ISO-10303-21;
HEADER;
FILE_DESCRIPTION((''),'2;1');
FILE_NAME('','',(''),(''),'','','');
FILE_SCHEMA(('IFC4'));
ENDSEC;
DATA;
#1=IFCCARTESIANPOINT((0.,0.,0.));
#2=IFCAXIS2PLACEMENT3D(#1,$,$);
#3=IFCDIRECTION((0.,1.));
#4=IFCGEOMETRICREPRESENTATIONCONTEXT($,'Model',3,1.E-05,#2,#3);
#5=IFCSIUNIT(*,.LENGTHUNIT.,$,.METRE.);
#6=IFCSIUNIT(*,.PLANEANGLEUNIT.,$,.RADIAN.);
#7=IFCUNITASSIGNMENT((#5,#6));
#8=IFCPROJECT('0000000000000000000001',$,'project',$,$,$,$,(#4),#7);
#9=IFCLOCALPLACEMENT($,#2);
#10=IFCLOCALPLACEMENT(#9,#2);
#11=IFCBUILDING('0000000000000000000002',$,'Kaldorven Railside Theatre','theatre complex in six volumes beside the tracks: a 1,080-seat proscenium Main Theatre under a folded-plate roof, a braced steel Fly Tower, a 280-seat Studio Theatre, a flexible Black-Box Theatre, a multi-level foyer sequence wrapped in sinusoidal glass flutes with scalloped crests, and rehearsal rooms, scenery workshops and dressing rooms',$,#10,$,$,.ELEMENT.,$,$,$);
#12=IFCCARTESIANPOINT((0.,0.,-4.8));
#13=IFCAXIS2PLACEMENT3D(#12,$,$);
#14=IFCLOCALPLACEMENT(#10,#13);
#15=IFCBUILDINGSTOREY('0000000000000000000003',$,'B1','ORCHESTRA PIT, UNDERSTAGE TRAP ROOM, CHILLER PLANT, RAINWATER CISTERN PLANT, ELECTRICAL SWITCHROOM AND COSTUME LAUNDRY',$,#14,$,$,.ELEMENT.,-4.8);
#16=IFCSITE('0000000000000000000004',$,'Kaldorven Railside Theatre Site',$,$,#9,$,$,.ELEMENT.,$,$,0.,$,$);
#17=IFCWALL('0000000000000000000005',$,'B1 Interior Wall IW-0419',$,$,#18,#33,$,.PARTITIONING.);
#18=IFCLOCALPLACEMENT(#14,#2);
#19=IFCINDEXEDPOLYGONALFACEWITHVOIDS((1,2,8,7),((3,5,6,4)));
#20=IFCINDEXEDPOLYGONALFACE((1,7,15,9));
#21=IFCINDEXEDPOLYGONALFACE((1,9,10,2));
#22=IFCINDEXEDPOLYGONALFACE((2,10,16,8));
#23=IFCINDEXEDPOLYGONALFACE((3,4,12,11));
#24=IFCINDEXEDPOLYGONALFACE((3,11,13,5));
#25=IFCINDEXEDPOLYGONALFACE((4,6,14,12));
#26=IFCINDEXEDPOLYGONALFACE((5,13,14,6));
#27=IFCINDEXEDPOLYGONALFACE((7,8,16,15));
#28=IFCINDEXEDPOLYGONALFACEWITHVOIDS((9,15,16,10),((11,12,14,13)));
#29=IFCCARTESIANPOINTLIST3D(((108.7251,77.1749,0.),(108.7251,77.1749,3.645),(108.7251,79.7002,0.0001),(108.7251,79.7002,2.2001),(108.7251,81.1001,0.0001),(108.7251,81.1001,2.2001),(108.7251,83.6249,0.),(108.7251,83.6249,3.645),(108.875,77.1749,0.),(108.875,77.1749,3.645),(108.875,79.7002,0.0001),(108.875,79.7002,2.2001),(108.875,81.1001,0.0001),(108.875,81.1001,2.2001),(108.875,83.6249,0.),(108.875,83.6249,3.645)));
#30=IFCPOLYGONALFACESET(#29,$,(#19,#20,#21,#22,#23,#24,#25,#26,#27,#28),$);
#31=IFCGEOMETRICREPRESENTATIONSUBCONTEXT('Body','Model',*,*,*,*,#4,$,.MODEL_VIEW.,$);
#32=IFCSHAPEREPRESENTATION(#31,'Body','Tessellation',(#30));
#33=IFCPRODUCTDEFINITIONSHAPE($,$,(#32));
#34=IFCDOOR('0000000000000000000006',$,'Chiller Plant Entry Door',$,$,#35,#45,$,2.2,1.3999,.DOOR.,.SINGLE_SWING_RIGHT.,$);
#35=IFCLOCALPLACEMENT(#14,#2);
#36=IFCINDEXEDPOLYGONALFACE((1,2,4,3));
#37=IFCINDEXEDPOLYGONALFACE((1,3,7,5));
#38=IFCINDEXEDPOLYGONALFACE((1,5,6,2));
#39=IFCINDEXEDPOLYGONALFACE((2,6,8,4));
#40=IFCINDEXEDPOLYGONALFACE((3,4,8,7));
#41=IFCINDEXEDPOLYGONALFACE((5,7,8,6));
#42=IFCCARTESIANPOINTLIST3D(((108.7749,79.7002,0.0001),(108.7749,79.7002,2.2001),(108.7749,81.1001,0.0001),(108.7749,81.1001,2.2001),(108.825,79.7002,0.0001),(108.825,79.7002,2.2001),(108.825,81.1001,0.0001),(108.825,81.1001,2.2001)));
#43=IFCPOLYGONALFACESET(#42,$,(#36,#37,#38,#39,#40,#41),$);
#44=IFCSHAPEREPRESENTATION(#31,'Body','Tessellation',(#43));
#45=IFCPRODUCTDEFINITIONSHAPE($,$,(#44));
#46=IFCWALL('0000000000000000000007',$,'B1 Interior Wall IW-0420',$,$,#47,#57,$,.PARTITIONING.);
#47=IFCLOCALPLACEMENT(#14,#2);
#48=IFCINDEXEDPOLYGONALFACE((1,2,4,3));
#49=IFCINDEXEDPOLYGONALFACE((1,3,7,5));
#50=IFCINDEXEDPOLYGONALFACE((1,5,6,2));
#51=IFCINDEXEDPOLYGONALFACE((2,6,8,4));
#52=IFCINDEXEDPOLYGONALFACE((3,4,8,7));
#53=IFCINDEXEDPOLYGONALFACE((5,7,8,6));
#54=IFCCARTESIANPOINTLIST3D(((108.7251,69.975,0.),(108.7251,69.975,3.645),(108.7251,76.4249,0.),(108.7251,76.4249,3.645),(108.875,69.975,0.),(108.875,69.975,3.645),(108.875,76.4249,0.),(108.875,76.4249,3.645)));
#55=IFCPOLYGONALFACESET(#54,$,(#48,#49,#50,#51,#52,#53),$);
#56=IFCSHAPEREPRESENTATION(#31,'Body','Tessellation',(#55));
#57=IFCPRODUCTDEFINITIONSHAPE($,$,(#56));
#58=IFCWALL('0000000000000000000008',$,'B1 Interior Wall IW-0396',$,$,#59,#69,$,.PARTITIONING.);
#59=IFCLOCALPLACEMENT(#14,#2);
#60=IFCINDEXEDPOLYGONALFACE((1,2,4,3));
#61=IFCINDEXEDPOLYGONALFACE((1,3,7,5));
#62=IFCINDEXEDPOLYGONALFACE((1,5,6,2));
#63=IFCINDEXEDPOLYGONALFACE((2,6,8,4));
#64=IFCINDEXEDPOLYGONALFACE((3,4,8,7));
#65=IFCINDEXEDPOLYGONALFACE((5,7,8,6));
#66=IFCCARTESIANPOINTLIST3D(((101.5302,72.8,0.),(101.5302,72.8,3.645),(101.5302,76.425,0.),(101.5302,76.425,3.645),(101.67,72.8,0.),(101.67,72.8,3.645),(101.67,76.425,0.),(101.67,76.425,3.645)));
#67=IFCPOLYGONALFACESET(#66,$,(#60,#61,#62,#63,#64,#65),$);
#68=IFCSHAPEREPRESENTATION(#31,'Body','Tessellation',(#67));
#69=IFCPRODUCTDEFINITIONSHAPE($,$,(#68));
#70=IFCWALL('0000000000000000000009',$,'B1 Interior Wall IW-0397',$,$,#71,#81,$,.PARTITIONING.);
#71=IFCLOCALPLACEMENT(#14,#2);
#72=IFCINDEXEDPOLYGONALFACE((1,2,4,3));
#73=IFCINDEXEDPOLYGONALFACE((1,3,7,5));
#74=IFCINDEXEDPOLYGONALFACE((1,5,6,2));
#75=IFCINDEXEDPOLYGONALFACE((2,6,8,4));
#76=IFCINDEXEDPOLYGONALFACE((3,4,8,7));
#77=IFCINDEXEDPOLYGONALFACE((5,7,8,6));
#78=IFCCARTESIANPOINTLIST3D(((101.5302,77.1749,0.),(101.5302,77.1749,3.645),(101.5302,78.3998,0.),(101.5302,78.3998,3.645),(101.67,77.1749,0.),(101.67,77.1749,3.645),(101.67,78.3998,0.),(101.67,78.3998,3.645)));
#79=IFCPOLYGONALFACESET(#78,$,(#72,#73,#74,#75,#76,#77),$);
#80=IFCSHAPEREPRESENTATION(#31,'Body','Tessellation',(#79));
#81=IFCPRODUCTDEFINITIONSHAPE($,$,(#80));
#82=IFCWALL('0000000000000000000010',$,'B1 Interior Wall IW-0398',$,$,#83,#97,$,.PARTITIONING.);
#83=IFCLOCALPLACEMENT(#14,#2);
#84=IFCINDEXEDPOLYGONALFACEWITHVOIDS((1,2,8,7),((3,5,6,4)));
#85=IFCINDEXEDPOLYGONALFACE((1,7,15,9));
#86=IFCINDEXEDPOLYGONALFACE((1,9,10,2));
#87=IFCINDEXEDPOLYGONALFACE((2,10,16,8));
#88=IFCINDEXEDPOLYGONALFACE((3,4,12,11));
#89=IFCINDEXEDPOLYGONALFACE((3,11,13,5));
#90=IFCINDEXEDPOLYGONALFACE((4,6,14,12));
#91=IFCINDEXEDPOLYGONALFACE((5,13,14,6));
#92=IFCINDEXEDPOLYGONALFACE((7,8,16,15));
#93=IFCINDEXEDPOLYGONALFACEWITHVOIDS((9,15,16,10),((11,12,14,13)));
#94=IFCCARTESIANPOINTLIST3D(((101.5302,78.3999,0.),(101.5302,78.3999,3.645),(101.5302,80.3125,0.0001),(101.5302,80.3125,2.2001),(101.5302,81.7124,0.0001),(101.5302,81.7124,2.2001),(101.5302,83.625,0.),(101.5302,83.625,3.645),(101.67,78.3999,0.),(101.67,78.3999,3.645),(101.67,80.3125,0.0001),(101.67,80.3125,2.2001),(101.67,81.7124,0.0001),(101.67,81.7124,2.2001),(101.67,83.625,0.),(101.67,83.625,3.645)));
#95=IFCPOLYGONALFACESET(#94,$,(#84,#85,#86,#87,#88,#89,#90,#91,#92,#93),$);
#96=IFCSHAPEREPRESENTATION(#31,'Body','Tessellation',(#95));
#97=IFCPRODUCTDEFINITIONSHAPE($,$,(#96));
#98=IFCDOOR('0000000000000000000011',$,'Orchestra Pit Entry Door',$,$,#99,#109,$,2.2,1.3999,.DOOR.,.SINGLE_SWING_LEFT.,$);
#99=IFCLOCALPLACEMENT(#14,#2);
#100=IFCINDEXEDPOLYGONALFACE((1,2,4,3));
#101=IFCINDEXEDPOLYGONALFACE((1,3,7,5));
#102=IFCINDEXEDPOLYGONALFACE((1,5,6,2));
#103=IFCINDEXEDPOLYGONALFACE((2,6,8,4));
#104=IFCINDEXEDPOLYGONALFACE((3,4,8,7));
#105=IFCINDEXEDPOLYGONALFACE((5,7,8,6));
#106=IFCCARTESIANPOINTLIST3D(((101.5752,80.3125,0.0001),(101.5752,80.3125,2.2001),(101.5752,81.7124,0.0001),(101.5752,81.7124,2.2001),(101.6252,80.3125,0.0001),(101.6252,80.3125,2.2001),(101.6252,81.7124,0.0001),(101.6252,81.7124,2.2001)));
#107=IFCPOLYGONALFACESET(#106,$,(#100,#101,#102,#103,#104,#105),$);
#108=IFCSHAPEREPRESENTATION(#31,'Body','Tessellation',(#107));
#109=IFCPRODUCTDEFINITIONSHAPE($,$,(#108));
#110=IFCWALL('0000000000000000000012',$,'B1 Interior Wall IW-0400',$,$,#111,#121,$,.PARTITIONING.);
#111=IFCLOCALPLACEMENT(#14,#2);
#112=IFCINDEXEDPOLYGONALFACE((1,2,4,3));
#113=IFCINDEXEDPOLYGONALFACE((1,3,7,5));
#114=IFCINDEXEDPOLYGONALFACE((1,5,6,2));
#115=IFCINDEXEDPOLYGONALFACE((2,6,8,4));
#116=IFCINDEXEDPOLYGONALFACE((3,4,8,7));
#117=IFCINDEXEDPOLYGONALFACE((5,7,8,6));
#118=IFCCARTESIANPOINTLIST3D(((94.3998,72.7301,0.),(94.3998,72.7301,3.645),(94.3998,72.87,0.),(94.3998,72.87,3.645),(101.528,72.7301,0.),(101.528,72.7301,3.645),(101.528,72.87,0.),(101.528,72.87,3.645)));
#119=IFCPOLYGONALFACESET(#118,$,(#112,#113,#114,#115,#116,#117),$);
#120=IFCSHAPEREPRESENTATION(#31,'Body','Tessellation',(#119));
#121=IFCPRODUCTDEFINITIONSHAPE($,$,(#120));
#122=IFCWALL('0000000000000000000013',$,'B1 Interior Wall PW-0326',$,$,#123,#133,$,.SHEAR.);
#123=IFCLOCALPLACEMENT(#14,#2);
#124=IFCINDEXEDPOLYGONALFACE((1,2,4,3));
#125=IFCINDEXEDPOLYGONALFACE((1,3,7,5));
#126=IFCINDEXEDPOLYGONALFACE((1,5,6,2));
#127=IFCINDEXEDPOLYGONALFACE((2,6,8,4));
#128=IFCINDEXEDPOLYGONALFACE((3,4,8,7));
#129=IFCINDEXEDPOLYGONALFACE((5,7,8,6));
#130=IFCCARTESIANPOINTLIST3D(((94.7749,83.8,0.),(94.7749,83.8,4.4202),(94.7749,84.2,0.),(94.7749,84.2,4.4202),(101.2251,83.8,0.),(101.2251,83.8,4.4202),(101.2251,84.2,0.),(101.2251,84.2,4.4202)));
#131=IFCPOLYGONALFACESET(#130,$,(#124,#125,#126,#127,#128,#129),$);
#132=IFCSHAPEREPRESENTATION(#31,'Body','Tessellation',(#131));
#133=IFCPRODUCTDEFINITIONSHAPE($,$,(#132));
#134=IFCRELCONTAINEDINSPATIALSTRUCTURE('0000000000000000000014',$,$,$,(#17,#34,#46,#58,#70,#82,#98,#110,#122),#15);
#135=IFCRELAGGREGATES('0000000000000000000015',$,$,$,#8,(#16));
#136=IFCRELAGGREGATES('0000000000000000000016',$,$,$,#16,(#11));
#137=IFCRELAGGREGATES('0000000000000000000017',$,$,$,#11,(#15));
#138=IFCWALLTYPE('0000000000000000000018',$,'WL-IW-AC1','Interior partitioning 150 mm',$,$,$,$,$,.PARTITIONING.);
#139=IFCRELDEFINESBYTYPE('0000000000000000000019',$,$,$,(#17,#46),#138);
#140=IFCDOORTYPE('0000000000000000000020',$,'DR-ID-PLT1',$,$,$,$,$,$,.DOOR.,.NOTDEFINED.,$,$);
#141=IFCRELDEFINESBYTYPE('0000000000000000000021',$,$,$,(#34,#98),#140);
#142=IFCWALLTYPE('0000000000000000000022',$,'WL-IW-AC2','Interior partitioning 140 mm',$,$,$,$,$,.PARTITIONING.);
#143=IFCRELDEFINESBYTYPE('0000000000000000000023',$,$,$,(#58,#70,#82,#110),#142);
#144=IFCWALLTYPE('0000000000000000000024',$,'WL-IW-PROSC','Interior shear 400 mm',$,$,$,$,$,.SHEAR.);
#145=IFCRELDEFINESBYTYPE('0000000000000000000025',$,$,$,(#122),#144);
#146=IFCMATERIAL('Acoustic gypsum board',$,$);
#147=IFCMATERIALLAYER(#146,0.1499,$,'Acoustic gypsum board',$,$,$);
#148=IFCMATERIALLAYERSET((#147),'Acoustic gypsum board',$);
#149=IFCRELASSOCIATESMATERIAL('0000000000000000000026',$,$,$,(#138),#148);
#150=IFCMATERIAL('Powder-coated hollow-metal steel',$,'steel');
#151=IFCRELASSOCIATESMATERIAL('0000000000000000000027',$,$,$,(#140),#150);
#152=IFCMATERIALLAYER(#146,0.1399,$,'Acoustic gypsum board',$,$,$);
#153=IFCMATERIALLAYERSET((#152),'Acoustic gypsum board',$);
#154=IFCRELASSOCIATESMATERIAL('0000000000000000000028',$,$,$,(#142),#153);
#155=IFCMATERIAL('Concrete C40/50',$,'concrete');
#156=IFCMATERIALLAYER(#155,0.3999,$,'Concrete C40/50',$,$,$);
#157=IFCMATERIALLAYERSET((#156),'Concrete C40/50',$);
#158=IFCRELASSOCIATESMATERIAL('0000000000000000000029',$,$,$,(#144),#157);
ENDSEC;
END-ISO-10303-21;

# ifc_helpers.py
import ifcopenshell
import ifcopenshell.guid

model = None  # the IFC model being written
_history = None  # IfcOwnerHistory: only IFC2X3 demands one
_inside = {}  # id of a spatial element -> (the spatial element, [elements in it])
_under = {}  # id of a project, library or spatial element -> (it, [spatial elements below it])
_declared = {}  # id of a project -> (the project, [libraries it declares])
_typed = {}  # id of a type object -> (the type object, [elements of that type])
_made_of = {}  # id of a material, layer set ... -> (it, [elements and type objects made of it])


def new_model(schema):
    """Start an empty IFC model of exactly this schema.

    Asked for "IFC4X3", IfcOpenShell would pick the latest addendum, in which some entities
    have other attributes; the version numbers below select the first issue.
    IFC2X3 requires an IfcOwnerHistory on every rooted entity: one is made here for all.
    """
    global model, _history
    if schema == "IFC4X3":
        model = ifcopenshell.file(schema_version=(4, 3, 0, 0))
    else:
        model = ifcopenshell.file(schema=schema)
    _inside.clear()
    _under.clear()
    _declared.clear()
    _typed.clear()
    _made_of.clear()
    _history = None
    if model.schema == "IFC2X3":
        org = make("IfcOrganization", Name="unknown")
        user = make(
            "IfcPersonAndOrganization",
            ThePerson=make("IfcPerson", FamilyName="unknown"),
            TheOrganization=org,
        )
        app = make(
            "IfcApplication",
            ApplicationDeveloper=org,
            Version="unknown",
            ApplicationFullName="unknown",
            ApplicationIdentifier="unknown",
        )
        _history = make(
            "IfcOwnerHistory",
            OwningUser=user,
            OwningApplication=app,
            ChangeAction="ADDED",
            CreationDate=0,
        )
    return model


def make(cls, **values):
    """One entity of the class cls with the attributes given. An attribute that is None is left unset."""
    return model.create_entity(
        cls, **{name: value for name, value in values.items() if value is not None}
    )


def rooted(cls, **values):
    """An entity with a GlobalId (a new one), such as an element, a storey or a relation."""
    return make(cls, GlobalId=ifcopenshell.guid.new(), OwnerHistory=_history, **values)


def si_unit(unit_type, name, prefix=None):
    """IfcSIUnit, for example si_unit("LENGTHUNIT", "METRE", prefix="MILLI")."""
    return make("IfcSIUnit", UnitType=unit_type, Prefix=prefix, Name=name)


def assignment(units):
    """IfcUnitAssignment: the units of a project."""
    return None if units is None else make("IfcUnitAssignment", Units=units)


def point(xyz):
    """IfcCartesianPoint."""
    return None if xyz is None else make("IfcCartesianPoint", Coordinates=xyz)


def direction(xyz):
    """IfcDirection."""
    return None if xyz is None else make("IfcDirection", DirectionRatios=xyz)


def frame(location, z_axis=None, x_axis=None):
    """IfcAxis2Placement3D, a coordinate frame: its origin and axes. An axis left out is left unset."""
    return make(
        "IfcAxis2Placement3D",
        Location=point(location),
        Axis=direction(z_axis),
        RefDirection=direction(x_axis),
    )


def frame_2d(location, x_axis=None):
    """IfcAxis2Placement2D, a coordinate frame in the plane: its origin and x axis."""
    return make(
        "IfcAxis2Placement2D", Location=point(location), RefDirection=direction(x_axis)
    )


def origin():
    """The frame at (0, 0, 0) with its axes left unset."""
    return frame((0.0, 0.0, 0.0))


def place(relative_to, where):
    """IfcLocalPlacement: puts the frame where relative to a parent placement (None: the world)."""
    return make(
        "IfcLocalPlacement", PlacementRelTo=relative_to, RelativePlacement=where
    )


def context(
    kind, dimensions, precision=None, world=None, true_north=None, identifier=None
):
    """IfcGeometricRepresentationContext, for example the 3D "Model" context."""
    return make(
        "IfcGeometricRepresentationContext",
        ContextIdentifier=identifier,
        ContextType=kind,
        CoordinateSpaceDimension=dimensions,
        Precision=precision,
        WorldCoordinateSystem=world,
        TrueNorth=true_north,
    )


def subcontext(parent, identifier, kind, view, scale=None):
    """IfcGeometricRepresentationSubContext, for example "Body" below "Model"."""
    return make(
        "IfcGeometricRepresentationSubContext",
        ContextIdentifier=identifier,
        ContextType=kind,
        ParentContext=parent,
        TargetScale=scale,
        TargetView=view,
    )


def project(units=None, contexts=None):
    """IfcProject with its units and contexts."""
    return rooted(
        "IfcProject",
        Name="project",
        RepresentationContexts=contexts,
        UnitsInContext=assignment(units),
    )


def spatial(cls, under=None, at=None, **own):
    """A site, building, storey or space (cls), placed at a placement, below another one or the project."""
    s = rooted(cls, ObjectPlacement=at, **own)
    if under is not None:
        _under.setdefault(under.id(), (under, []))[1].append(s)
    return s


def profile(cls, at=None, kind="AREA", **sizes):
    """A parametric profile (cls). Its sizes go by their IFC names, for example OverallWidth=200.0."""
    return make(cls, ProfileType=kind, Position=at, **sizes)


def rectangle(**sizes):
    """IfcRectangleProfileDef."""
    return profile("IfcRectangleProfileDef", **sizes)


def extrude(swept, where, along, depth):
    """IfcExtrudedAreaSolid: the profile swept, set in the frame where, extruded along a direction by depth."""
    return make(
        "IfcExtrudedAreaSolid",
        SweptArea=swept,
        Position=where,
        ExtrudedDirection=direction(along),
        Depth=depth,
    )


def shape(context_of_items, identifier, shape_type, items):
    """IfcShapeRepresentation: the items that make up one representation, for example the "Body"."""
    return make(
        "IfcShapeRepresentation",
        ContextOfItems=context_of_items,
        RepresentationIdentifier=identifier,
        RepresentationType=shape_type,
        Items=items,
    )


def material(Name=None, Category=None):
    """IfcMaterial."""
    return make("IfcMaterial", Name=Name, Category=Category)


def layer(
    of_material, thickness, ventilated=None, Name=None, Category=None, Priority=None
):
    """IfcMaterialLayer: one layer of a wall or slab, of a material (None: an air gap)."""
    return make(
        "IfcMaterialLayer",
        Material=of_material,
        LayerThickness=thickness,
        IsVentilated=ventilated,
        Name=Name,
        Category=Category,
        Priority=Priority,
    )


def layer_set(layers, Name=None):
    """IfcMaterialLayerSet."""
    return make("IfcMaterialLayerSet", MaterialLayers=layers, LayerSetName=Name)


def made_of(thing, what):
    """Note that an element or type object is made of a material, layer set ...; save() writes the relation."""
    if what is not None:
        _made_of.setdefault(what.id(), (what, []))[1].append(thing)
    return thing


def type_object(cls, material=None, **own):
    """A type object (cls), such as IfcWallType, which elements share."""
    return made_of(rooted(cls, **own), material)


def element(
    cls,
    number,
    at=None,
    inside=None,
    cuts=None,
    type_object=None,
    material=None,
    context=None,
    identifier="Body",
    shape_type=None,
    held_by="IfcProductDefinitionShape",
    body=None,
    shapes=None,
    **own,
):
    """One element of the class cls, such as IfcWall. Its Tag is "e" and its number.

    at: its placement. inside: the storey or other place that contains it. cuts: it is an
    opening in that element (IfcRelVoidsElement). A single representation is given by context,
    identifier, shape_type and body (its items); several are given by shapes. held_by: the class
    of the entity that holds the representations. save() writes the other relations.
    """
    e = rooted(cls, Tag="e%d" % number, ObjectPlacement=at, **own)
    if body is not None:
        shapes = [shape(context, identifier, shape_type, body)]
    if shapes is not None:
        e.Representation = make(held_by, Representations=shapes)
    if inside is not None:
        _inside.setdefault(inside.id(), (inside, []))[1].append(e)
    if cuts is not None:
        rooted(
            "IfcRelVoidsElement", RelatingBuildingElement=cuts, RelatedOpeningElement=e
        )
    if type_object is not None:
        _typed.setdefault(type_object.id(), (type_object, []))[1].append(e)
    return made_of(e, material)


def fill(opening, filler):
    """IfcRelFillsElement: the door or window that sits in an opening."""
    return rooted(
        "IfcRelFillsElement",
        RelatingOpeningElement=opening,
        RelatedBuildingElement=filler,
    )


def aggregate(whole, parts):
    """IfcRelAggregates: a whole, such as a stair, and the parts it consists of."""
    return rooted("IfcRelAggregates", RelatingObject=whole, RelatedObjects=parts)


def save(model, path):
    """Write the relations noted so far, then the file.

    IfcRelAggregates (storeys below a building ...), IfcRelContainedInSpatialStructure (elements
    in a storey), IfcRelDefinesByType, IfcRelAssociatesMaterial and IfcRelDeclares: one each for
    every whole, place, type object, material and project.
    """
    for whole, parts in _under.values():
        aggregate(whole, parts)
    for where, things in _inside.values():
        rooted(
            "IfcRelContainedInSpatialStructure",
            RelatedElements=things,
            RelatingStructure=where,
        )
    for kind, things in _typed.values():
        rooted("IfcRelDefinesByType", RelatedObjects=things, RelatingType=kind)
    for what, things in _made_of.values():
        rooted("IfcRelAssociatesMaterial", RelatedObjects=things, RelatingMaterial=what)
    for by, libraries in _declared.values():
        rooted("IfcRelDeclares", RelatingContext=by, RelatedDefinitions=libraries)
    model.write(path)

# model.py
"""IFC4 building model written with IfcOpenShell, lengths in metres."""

from ifc_helpers import new_model, si_unit, direction, frame, frame_2d, origin, place, context, subcontext, project, spatial, rectangle, extrude, material, layer, layer_set, type_object, element, fill, save


model = new_model("IFC4")

# Units and contexts
model_context = context("Model", 3, precision=1e-05, world=origin(), true_north=direction((0.0, 1.0)))
body_context = subcontext(model_context, "Body", "Model", "MODEL_VIEW")
ifc_project = project(units=[si_unit("LENGTHUNIT", "METRE"), si_unit("PLANEANGLEUNIT", "RADIAN")], contexts=[model_context])

# Site, building, storey
site_placement = place(None, origin())
site = spatial("IfcSite", under=ifc_project, at=site_placement, Name="Kaldorven Railside Theatre Site", CompositionType="ELEMENT", RefElevation=0.0)
building_placement = place(site_placement, origin())
building = spatial("IfcBuilding", under=site, at=building_placement, Name="Kaldorven Railside Theatre", Description="theatre complex in six volumes beside the tracks: a 1,080-seat proscenium Main Theatre under a folded-plate roof, a braced steel Fly Tower, a 280-seat Studio Theatre, a flexible Black-Box Theatre, a multi-level foyer sequence wrapped in sinusoidal glass flutes with scalloped crests, and rehearsal rooms, scenery workshops and dressing rooms", CompositionType="ELEMENT")
storey_placement = place(building_placement, frame((0.0, 0.0, -4.8)))
storey = spatial("IfcBuildingStorey", under=building, at=storey_placement, Name="B1", Description="ORCHESTRA PIT, UNDERSTAGE TRAP ROOM, CHILLER PLANT, RAINWATER CISTERN PLANT, ELECTRICAL SWITCHROOM AND COSTUME LAUNDRY", CompositionType="ELEMENT", Elevation=-4.8)

# Shared definitions
ifc_material_1 = material(Name="Concrete C40/50", Category="concrete")

# Wall, opening, door
ifc_material_2 = material(Name="Acoustic gypsum board")
ifc_layer_1 = layer(ifc_material_2, 0.1499, Name="Acoustic gypsum board")
ifc_layer_set_1 = layer_set([ifc_layer_1], Name="Acoustic gypsum board")
wall_type_1 = type_object("IfcWallType", Name="WL-IW-AC1", Description="Interior partitioning 150 mm", PredefinedType="PARTITIONING", material=ifc_layer_set_1)
wall_1_placement = place(storey_placement, frame((108.8, 83.625, 0.0), z_axis=(0.0, 0.0, 1.0), x_axis=(0.0, -1.0, 0.0)))
wall_1 = element("IfcWall", 1, at=wall_1_placement, inside=storey, type_object=wall_type_1, Name="B1 Interior Wall IW-0419", PredefinedType="PARTITIONING", context=body_context, shape_type="SweptSolid", body=[
    extrude(rectangle(XDim=6.45, YDim=0.1499, at=frame_2d((3.2251, 0.0))), origin(), (0.0, 0.0, 1.0), 3.645),
])
opening_1_placement = place(wall_1_placement, frame((2.5249, 0.0, 0.0)))
opening_1 = element("IfcOpeningElement", 2, at=opening_1_placement, cuts=wall_1, PredefinedType="OPENING", context=body_context, shape_type="SweptSolid", body=[
    extrude(rectangle(XDim=1.3999, YDim=2.2, at=frame_2d((0.7, 1.1001))), frame((0.0, 0.085, 0.0), z_axis=(0.0, -1.0, 0.0), x_axis=(1.0, 0.0, 0.0)), (0.0, 0.0, 1.0), 0.1699),
])
ifc_material_3 = material(Name="Powder-coated hollow-metal steel", Category="steel")
door_type = type_object("IfcDoorType", Name="DR-ID-PLT1", OperationType="NOTDEFINED", PredefinedType="DOOR", material=ifc_material_3)
door_1_placement = place(opening_1_placement, origin())
door_1 = element("IfcDoor", 3, at=door_1_placement, inside=storey, type_object=door_type, Name="Chiller Plant Entry Door", OperationType="SINGLE_SWING_RIGHT", OverallHeight=2.2, OverallWidth=1.3999, PredefinedType="DOOR", context=body_context, shape_type="SweptSolid", body=[
    extrude(rectangle(XDim=1.3999, YDim=2.2, at=frame_2d((0.7, 1.1001))), frame((0.0, 0.0249, 0.0), z_axis=(0.0, -1.0, 0.0), x_axis=(1.0, 0.0, 0.0)), (0.0, 0.0, 1.0), 0.05),
])
fill(opening_1, door_1)

# Walls
wall_2_placement = place(storey_placement, frame((108.8, 76.425, 0.0), z_axis=(0.0, 0.0, 1.0), x_axis=(0.0, -1.0, 0.0)))
element("IfcWall", 4, at=wall_2_placement, inside=storey, type_object=wall_type_1, Name="B1 Interior Wall IW-0420", PredefinedType="PARTITIONING", context=body_context, shape_type="SweptSolid", body=[
    extrude(rectangle(XDim=6.45, YDim=0.1499, at=frame_2d((3.2251, 0.0))), origin(), (0.0, 0.0, 1.0), 3.645),
])
ifc_layer_2 = layer(ifc_material_2, 0.1399, Name="Acoustic gypsum board")
ifc_layer_set_2 = layer_set([ifc_layer_2], Name="Acoustic gypsum board")
wall_type_2 = type_object("IfcWallType", Name="WL-IW-AC2", Description="Interior partitioning 140 mm", PredefinedType="PARTITIONING", material=ifc_layer_set_2)
wall_3_placement = place(storey_placement, frame((101.6001, 72.8, 0.0), z_axis=(0.0, 0.0, 1.0), x_axis=(0.0, 1.0, 0.0)))
element("IfcWall", 5, at=wall_3_placement, inside=storey, type_object=wall_type_2, Name="B1 Interior Wall IW-0396", PredefinedType="PARTITIONING", context=body_context, shape_type="SweptSolid", body=[
    extrude(rectangle(XDim=3.625, YDim=0.1399, at=frame_2d((1.8125, 0.0))), origin(), (0.0, 0.0, 1.0), 3.645),
])
wall_4_placement = place(storey_placement, frame((101.6001, 77.175, 0.0), z_axis=(0.0, 0.0, 1.0), x_axis=(0.0, 1.0, 0.0)))
element("IfcWall", 6, at=wall_4_placement, inside=storey, type_object=wall_type_2, Name="B1 Interior Wall IW-0397", PredefinedType="PARTITIONING", context=body_context, shape_type="SweptSolid", body=[
    extrude(rectangle(XDim=1.2249, YDim=0.1399, at=frame_2d((0.6123, 0.0))), origin(), (0.0, 0.0, 1.0), 3.645),
])

# Wall, opening, door
wall_5_placement = place(storey_placement, frame((101.6001, 78.3999, 0.0), z_axis=(0.0, 0.0, 1.0), x_axis=(0.0, 1.0, 0.0)))
wall_5 = element("IfcWall", 7, at=wall_5_placement, inside=storey, type_object=wall_type_2, Name="B1 Interior Wall IW-0398", PredefinedType="PARTITIONING", context=body_context, shape_type="SweptSolid", body=[
    extrude(rectangle(XDim=5.2251, YDim=0.1399, at=frame_2d((2.6125, 0.0))), origin(), (0.0, 0.0, 1.0), 3.645),
])
opening_2_placement = place(wall_5_placement, frame((1.9126, 0.0, 0.0)))
opening_2 = element("IfcOpeningElement", 8, at=opening_2_placement, cuts=wall_5, PredefinedType="OPENING", context=body_context, shape_type="SweptSolid", body=[
    extrude(rectangle(XDim=1.3999, YDim=2.2, at=frame_2d((0.7, 1.1001))), frame((0.0, 0.0801, 0.0), z_axis=(0.0, -1.0, 0.0), x_axis=(1.0, 0.0, 0.0)), (0.0, 0.0, 1.0), 0.1599),
])
door_2_placement = place(opening_2_placement, origin())
door_2 = element("IfcDoor", 9, at=door_2_placement, inside=storey, type_object=door_type, Name="Orchestra Pit Entry Door", OperationType="SINGLE_SWING_LEFT", OverallHeight=2.2, OverallWidth=1.3999, PredefinedType="DOOR", context=body_context, shape_type="SweptSolid", body=[
    extrude(rectangle(XDim=1.3999, YDim=2.2, at=frame_2d((0.7, 1.1001))), frame((0.0, 0.0249, 0.0), z_axis=(0.0, -1.0, 0.0), x_axis=(1.0, 0.0, 0.0)), (0.0, 0.0, 1.0), 0.05),
])
fill(opening_2, door_2)

# Walls
wall_6_placement = place(storey_placement, frame((94.3999, 72.8, 0.0), z_axis=(0.0, 0.0, 1.0), x_axis=(1.0, 0.0, 0.0)))
element("IfcWall", 10, at=wall_6_placement, inside=storey, type_object=wall_type_2, Name="B1 Interior Wall IW-0400", PredefinedType="PARTITIONING", context=body_context, shape_type="SweptSolid", body=[
    extrude(rectangle(XDim=7.1282, YDim=0.1399, at=frame_2d((3.564, 0.0))), origin(), (0.0, 0.0, 1.0), 3.645),
])
ifc_layer_3 = layer(ifc_material_1, 0.3999, Name="Concrete C40/50")
ifc_layer_set_3 = layer_set([ifc_layer_3], Name="Concrete C40/50")
wall_type_3 = type_object("IfcWallType", Name="WL-IW-PROSC", Description="Interior shear 400 mm", PredefinedType="SHEAR", material=ifc_layer_set_3)
wall_7_placement = place(storey_placement, frame((94.7749, 84.0, 0.0), z_axis=(0.0, 0.0, 1.0), x_axis=(1.0, 0.0, 0.0)))
element("IfcWall", 11, at=wall_7_placement, inside=storey, type_object=wall_type_3, Name="B1 Interior Wall PW-0326", PredefinedType="SHEAR", context=body_context, shape_type="SweptSolid", body=[
    extrude(rectangle(XDim=6.4502, YDim=0.3999, at=frame_2d((3.2251, 0.0))), origin(), (0.0, 0.0, 1.0), 4.4202),
])

save(model, "model.ifc")
